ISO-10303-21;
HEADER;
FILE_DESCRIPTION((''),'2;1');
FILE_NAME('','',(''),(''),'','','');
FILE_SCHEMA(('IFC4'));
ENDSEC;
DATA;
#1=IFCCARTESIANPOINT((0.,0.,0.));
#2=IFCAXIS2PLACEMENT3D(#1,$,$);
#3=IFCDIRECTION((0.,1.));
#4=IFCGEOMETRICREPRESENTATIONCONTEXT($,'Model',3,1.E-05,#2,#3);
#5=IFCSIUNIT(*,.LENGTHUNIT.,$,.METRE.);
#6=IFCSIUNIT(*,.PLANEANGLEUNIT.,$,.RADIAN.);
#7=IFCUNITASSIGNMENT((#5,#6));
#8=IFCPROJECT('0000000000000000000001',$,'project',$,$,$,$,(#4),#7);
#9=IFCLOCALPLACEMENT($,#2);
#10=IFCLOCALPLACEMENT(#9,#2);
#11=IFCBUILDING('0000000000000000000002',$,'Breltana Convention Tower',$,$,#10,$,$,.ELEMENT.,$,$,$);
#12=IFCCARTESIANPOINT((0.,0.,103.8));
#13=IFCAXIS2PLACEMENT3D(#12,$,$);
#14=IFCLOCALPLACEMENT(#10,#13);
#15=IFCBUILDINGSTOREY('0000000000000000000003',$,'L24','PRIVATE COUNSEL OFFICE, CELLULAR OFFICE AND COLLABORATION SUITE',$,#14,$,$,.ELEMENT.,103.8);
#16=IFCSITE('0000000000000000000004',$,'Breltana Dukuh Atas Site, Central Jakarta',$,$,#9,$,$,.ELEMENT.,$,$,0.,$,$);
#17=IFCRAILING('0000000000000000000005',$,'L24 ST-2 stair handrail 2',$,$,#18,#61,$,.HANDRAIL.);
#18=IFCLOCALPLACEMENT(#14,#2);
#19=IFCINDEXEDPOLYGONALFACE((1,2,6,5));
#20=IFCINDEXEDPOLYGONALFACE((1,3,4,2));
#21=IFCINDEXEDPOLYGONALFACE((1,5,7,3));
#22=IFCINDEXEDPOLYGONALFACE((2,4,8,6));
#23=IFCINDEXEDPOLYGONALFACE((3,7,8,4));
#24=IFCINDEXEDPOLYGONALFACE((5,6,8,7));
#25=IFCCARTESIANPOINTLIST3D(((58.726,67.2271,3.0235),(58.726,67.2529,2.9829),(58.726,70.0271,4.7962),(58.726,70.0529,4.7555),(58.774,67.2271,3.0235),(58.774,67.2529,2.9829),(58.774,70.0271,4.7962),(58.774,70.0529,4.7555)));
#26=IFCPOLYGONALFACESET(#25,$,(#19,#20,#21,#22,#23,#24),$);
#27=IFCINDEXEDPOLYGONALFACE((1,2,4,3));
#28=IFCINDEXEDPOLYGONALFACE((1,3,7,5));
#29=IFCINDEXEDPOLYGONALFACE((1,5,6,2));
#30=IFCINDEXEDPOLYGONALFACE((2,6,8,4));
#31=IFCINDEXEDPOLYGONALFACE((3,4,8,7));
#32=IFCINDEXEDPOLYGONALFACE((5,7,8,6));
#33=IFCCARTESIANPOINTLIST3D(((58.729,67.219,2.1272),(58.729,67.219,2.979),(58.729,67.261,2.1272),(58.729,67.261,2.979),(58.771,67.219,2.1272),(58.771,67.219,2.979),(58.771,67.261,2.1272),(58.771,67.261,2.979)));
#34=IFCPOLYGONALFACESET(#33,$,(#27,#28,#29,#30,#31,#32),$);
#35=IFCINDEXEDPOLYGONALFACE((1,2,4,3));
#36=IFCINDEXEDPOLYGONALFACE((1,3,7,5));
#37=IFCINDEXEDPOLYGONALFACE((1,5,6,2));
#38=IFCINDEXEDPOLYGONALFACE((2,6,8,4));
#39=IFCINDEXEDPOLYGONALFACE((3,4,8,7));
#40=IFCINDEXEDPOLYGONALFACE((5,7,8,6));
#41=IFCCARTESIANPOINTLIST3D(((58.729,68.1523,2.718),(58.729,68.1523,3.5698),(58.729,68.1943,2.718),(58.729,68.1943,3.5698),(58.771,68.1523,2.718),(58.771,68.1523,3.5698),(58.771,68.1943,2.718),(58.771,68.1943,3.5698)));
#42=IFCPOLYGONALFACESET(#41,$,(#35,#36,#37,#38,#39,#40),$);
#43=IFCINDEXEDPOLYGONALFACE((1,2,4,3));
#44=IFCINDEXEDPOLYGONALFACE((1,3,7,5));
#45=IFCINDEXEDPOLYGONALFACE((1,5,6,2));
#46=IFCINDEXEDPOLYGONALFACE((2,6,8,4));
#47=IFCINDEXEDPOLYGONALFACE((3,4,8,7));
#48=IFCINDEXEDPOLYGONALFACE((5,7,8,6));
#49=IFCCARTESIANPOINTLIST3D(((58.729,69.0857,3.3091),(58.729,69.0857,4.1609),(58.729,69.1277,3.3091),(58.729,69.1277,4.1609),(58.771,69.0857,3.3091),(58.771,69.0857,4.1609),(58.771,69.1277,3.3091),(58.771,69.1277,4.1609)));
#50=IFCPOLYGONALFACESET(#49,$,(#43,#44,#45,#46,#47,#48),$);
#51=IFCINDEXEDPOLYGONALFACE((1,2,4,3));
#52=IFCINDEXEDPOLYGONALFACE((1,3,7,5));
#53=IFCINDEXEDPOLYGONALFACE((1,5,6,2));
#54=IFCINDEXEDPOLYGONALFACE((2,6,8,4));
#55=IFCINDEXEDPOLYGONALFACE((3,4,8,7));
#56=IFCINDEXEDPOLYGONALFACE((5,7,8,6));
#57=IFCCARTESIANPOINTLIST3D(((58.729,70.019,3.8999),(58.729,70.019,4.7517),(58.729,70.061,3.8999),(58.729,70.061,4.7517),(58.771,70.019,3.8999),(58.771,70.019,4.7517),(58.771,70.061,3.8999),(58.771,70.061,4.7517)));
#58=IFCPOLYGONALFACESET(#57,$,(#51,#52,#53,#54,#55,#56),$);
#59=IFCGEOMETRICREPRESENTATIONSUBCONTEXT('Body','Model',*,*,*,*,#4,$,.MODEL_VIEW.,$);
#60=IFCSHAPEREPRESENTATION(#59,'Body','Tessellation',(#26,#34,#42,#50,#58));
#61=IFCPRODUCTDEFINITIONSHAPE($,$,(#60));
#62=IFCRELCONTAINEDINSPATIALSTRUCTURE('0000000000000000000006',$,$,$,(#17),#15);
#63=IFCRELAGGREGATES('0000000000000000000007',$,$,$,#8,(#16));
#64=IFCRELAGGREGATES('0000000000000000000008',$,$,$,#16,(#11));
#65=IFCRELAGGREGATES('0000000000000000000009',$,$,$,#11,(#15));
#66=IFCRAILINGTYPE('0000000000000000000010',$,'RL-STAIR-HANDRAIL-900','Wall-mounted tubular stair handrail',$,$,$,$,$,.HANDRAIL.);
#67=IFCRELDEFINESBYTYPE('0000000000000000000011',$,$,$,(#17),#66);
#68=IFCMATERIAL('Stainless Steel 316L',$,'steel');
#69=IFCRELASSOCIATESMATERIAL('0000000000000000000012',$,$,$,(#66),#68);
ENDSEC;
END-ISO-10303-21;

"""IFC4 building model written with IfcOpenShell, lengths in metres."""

from ifc_helpers import new_model, si_unit, direction, frame, origin, origin_2d, place, context, subcontext, project, spatial, rectangle, extrude, material, type_object, element, save


model = new_model("IFC4")

# Units and contexts
model_context = context("Model", 3, precision=1e-05, world=origin(), true_north=direction((0.0, 1.0)))
body_context = subcontext(model_context, "Body", "Model", "MODEL_VIEW")
ifc_project = project(units=[si_unit("LENGTHUNIT", "METRE"), si_unit("PLANEANGLEUNIT", "RADIAN")], contexts=[model_context])

# Site, building, storey
site_placement = place(None, origin())
site = spatial("IfcSite", under=ifc_project, at=site_placement, Name="Breltana Dukuh Atas Site, Central Jakarta", CompositionType="ELEMENT", RefElevation=0.0)
building_placement = place(site_placement, origin())
building = spatial("IfcBuilding", under=site, at=building_placement, Name="Breltana Convention Tower", CompositionType="ELEMENT")
storey_placement = place(building_placement, frame((0.0, 0.0, 103.8)))
storey = spatial("IfcBuildingStorey", under=building, at=storey_placement, Name="L24", Description="PRIVATE COUNSEL OFFICE, CELLULAR OFFICE AND COLLABORATION SUITE", CompositionType="ELEMENT", Elevation=103.8)

# Railing
ifc_material_1 = material(Name="Stainless Steel 316L", Category="steel")
railing_type_1 = type_object("IfcRailingType", Name="RL-STAIR-HANDRAIL-900", Description="Wall-mounted tubular stair handrail", PredefinedType="HANDRAIL", material=ifc_material_1)
railing_1_placement = place(storey_placement, frame((58.75, 67.24, 2.1272)))
element("IfcRailing", 1, at=railing_1_placement, inside=storey, type_object=railing_type_1, Name="L24 ST-2 stair handrail 2", PredefinedType="HANDRAIL", context=body_context, shape_type="SweptSolid", body=[
    extrude(rectangle(XDim=0.0481, YDim=0.0481, at=origin_2d()), frame((0.0, 0.0, 0.876), z_axis=(0.0, 0.844909, 0.53491), x_axis=(-1.0, 0.0, 0.0)), (0.0, 0.0, 1.0), 3.314),
    extrude(rectangle(XDim=0.042, YDim=0.042, at=origin_2d()), origin(), (0.0, 0.0, 1.0), 0.8518),
    extrude(rectangle(XDim=0.042, YDim=0.042, at=origin_2d()), frame((0.0, 0.9333, 0.5908)), (0.0, 0.0, 1.0), 0.8518),
    extrude(rectangle(XDim=0.042, YDim=0.042, at=origin_2d()), frame((0.0, 1.8667, 1.1819)), (0.0, 0.0, 1.0), 0.8518),
    extrude(rectangle(XDim=0.042, YDim=0.042, at=origin_2d()), frame((0.0, 2.8, 1.7727)), (0.0, 0.0, 1.0), 0.8518),
])

save(model, "model.ifc")
